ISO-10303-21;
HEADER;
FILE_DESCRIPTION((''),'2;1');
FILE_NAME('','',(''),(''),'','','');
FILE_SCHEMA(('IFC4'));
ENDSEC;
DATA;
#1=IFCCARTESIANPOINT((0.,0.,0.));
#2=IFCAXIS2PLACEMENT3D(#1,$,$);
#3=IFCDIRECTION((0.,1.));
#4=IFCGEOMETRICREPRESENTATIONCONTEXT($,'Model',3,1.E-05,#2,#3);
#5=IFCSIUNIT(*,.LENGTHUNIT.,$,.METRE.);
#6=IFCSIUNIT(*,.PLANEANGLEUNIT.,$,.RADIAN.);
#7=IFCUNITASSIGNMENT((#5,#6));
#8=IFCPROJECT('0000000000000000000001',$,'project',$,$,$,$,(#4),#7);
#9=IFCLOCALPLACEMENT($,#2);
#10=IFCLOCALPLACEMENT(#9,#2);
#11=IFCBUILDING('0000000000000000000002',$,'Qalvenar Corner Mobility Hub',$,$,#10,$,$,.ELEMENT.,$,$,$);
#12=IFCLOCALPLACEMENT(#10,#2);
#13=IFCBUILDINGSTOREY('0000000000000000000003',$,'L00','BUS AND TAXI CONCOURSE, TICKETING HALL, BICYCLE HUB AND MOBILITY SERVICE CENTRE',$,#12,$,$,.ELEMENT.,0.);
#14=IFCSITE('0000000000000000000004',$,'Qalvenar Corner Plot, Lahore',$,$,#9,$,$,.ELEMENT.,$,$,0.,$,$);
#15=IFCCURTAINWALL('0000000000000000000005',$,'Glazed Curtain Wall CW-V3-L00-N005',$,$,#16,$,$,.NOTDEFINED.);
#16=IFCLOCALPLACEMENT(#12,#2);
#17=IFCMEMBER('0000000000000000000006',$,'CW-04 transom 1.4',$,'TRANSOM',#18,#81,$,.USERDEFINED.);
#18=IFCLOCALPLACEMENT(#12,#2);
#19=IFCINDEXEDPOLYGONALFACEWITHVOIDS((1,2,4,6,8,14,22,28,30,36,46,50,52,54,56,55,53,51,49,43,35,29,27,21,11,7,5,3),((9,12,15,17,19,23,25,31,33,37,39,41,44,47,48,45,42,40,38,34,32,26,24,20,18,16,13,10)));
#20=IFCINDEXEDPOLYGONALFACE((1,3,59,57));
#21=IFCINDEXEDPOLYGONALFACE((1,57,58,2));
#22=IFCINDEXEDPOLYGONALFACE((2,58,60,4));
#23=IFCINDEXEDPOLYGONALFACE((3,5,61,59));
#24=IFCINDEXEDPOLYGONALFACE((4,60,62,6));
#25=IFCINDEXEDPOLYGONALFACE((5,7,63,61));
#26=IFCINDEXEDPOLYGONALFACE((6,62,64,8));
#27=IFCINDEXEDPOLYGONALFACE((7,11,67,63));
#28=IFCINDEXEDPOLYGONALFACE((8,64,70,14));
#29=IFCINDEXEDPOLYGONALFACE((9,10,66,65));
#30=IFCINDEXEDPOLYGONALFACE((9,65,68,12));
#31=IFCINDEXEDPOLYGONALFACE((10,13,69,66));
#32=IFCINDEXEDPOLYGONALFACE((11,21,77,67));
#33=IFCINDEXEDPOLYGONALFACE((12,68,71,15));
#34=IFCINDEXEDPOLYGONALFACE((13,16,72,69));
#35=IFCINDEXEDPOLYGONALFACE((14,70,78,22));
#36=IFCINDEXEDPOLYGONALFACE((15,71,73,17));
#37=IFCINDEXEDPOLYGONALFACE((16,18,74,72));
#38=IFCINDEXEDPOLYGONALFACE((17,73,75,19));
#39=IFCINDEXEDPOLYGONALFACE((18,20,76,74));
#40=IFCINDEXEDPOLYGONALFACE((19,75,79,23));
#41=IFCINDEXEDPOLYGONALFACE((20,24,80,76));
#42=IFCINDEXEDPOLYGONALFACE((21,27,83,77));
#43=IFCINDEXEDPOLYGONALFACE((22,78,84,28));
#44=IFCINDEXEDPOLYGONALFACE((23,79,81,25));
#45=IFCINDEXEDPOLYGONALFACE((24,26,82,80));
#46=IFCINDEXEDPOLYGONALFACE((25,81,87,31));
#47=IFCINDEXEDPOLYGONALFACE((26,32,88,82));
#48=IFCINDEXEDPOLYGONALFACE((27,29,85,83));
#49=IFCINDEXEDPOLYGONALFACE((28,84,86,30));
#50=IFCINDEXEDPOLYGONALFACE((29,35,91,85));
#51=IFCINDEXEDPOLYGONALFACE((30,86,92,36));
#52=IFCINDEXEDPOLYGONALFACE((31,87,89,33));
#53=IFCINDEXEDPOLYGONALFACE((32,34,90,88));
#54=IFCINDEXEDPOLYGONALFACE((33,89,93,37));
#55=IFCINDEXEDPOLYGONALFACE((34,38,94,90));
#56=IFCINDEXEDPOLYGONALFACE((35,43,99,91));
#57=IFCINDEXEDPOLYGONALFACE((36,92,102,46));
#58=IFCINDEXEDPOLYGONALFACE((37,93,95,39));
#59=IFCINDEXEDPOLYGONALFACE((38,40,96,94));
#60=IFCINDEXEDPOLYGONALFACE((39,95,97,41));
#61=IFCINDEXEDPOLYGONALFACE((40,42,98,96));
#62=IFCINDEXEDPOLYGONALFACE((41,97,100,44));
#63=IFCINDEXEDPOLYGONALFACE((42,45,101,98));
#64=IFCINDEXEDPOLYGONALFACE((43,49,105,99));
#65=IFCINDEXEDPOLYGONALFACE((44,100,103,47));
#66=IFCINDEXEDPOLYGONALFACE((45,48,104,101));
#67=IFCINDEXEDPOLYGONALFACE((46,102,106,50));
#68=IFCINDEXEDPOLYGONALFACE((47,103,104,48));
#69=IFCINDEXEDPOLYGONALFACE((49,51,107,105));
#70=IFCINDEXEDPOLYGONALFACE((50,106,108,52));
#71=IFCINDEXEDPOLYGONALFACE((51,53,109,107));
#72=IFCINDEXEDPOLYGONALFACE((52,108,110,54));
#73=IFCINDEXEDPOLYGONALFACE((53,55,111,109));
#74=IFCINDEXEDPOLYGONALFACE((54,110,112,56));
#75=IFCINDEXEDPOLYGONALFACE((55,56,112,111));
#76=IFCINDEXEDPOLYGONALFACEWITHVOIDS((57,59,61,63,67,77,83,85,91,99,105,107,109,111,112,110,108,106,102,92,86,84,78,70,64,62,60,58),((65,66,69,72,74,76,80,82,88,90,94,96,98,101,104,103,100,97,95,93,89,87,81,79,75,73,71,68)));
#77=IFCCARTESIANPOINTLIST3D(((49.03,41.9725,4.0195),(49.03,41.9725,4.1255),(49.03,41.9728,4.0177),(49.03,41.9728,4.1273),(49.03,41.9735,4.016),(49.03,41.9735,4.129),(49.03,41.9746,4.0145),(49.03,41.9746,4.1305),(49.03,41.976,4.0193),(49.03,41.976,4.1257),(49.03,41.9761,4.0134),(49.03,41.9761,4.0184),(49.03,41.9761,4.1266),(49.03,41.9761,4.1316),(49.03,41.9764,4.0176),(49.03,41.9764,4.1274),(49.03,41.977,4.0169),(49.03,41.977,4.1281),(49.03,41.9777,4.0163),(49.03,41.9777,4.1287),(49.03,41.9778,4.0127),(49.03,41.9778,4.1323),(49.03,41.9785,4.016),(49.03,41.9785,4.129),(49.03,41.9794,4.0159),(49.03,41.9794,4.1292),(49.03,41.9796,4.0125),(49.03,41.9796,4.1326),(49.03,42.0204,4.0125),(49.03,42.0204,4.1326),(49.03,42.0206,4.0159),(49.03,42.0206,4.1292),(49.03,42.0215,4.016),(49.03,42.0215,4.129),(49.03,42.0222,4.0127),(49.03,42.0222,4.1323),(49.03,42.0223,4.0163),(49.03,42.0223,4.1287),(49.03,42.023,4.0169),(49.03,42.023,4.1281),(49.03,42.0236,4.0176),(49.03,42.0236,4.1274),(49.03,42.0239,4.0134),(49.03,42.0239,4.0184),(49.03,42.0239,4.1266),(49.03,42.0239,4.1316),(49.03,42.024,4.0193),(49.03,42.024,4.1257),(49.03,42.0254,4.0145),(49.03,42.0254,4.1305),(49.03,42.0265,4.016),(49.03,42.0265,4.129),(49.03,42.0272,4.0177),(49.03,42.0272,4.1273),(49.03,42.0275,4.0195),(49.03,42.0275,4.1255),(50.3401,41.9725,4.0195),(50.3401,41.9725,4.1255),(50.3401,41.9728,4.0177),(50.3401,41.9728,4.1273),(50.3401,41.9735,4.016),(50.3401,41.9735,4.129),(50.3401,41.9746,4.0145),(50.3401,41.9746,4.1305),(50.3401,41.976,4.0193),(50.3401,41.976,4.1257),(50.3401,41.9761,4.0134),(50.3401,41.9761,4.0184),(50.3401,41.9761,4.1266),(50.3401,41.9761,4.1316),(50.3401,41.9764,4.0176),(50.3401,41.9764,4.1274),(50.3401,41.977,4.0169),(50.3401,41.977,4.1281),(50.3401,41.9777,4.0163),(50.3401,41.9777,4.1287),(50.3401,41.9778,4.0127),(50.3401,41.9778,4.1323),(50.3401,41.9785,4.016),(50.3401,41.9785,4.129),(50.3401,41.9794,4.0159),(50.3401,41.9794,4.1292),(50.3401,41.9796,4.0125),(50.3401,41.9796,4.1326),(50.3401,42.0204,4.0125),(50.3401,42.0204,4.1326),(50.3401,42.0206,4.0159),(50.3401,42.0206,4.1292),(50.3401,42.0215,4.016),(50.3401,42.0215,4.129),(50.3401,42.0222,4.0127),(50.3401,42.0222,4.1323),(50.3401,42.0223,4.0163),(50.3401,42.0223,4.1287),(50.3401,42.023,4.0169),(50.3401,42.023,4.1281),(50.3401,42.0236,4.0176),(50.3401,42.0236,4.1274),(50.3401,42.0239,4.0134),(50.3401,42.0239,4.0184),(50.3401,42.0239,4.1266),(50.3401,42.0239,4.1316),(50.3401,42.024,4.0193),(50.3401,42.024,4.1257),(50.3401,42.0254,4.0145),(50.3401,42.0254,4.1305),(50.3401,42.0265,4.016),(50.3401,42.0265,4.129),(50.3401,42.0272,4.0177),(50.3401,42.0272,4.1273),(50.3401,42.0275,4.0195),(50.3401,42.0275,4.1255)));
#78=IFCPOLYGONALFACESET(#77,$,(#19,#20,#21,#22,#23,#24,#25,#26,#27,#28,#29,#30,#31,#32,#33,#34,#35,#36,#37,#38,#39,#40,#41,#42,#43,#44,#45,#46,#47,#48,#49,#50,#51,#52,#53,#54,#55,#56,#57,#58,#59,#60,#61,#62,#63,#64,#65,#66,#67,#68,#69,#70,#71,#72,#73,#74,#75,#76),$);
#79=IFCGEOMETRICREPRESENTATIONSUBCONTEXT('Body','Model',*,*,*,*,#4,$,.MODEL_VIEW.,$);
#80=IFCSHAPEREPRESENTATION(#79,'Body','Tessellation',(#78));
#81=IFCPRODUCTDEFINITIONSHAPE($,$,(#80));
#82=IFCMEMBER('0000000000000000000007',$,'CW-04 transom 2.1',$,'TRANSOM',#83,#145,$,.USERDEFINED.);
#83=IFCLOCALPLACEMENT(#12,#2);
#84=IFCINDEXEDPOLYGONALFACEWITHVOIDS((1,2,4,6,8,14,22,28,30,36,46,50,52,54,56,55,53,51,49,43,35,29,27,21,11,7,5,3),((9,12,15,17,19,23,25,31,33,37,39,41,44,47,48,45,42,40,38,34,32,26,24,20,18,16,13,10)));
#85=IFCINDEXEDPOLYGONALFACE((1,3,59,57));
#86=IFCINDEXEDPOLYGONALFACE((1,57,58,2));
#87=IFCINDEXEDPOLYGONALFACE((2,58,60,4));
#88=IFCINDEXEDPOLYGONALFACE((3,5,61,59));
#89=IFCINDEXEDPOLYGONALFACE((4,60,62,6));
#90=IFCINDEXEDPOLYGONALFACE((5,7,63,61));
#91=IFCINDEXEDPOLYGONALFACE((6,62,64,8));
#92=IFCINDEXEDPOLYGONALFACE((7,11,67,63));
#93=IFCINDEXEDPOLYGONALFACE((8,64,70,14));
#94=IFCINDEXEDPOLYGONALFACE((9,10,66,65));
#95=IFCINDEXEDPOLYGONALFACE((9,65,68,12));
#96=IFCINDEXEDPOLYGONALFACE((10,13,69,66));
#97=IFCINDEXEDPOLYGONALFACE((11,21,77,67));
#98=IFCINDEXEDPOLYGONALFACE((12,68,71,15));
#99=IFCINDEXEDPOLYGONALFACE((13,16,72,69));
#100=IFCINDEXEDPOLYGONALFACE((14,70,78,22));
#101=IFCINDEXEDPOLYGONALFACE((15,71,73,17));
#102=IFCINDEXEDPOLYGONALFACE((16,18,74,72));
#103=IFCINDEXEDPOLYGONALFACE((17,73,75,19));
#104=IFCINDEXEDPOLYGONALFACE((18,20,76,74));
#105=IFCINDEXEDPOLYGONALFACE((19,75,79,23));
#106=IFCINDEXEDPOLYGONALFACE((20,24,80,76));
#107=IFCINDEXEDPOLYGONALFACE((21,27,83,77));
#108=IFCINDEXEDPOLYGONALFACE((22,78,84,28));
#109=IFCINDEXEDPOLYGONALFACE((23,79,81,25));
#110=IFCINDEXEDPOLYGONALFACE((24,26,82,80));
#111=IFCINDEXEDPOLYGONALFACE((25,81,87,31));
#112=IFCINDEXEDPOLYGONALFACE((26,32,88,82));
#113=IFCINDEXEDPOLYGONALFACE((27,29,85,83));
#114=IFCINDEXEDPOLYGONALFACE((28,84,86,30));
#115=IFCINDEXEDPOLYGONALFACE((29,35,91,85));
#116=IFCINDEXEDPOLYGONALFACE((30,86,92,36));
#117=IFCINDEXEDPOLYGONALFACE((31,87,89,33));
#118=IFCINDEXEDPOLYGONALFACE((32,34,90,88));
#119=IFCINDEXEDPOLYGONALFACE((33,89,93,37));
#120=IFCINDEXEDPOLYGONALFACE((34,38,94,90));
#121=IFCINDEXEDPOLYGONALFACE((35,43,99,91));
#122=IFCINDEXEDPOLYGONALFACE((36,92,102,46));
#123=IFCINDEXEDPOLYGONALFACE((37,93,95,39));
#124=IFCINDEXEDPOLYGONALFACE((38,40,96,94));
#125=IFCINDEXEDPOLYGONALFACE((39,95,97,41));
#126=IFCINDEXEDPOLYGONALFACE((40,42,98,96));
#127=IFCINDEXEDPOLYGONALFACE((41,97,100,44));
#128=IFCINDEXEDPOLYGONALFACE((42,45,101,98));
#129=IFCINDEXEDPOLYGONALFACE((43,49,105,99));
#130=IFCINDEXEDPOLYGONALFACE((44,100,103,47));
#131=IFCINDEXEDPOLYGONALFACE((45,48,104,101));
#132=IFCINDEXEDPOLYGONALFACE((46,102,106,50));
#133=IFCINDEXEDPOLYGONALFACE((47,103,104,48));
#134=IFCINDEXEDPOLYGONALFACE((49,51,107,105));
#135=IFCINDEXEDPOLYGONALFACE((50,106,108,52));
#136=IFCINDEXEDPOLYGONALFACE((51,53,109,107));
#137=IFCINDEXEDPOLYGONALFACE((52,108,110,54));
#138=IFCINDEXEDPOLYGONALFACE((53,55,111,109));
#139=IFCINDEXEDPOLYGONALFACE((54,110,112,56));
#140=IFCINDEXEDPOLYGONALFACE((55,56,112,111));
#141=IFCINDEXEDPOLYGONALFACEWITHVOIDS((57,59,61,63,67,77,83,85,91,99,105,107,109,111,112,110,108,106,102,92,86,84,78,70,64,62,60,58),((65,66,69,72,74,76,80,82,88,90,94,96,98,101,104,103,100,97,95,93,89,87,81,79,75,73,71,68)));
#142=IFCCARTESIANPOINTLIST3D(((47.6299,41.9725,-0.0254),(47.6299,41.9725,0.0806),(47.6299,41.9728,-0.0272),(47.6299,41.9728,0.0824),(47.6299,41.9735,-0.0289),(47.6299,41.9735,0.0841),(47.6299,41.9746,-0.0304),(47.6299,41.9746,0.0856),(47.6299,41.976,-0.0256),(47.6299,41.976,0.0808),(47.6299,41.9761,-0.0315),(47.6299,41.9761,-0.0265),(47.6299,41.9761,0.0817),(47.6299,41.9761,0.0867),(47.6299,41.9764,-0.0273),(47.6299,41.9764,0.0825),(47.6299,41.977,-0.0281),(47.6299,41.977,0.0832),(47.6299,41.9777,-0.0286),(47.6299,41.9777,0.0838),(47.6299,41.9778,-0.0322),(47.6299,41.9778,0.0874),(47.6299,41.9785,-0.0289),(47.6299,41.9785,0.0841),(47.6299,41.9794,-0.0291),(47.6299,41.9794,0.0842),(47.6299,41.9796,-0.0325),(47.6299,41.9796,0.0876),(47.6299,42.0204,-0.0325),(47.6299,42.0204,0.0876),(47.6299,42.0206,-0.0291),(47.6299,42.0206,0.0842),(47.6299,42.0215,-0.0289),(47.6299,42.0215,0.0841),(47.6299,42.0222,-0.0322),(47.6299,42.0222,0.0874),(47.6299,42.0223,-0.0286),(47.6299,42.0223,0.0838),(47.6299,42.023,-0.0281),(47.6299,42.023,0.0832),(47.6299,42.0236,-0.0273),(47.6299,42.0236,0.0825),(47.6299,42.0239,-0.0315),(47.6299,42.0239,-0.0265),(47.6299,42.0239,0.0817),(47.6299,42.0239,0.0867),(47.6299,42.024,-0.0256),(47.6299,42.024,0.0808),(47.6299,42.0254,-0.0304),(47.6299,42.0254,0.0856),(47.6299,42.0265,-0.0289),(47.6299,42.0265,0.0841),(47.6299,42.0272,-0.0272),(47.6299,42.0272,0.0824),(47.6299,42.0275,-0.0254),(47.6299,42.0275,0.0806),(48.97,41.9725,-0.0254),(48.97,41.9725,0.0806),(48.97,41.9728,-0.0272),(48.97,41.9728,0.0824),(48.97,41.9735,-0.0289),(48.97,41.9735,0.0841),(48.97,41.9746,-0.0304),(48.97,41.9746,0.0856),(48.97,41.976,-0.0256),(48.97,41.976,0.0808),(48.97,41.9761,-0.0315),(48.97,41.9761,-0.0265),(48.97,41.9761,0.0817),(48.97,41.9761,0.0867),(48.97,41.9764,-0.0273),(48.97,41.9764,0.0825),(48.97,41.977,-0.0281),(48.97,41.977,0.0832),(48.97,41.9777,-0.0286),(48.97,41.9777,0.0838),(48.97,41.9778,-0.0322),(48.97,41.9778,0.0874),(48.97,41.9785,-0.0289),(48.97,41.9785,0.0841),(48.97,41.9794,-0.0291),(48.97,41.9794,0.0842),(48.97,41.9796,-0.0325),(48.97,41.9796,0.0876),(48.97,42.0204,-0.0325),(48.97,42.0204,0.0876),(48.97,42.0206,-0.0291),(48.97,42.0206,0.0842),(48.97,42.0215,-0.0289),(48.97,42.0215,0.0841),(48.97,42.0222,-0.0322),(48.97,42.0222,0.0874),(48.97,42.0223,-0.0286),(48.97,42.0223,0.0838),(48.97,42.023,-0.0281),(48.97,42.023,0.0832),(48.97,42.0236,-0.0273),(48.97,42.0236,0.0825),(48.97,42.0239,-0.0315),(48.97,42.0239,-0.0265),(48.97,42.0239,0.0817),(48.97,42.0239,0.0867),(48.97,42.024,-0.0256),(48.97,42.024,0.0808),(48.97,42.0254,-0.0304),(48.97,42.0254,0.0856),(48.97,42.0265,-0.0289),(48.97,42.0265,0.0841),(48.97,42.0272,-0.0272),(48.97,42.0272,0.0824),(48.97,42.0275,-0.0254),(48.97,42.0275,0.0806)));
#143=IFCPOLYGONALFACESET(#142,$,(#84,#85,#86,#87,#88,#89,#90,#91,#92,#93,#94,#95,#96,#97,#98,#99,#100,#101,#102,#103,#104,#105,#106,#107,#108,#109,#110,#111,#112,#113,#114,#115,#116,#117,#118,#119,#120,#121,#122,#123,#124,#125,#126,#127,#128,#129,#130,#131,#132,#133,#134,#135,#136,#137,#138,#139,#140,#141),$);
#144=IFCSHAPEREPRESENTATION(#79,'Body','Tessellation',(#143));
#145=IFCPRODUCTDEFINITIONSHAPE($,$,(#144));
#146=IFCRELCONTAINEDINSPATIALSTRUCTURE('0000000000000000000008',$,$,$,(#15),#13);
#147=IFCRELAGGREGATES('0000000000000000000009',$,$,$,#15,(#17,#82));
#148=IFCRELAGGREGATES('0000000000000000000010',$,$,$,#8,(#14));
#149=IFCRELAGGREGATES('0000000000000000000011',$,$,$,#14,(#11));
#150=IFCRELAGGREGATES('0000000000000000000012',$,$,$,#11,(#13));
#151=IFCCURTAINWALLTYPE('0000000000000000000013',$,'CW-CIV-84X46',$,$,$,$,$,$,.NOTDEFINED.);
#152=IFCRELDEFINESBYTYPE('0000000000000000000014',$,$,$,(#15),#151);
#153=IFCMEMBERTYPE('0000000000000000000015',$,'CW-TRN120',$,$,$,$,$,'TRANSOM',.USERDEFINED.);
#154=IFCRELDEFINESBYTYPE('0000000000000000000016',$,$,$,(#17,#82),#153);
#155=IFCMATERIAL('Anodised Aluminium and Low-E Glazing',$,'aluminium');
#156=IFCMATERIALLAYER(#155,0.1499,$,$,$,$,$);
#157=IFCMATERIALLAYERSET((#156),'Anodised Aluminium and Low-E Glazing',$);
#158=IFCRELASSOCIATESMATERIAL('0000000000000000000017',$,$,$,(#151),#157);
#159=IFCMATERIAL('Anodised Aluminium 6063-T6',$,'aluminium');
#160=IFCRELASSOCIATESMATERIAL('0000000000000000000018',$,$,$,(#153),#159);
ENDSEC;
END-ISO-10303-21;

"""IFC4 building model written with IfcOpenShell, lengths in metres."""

from ifc_helpers import new_model, si_unit, direction, frame, origin, origin_2d, place, context, subcontext, project, spatial, hollow_rectangle, extrude, material, layer, layer_set, material_profile, profile_set, type_object, element, aggregate, save


model = new_model("IFC4")

# Units and contexts
model_context = context("Model", 3, precision=1e-05, world=origin(), true_north=direction((0.0, 1.0)))
body_context = subcontext(model_context, "Body", "Model", "MODEL_VIEW")
ifc_project = project(units=[si_unit("LENGTHUNIT", "METRE"), si_unit("PLANEANGLEUNIT", "RADIAN")], contexts=[model_context])

# Site, building, storey
site_placement = place(None, origin())
site = spatial("IfcSite", under=ifc_project, at=site_placement, Name="Qalvenar Corner Plot, Lahore", CompositionType="ELEMENT", RefElevation=0.0)
building_placement = place(site_placement, origin())
building = spatial("IfcBuilding", under=site, at=building_placement, Name="Qalvenar Corner Mobility Hub", CompositionType="ELEMENT")
storey_placement = place(building_placement, origin())
storey = spatial("IfcBuildingStorey", under=building, at=storey_placement, Name="L00", Description="BUS AND TAXI CONCOURSE, TICKETING HALL, BICYCLE HUB AND MOBILITY SERVICE CENTRE", CompositionType="ELEMENT", Elevation=0.0)

# Curtain wall, members
ifc_material_1 = material(Name="Anodised Aluminium and Low-E Glazing", Category="aluminium")
ifc_layer_1 = layer(ifc_material_1, 0.1499)
ifc_layer_set_1 = layer_set([ifc_layer_1], Name="Anodised Aluminium and Low-E Glazing")
curtain_wall_type = type_object("IfcCurtainWallType", Name="CW-CIV-84X46", PredefinedType="NOTDEFINED", material=ifc_layer_set_1)
curtain_wall_placement = place(storey_placement, origin())
curtain_wall = element("IfcCurtainWall", 1, at=curtain_wall_placement, inside=storey, type_object=curtain_wall_type, Name="Glazed Curtain Wall CW-V3-L00-N005", PredefinedType="NOTDEFINED")
ifc_material_2 = material(Name="Anodised Aluminium 6063-T6", Category="aluminium")
ifc_material_profile_1 = material_profile(ifc_material_2, hollow_rectangle(XDim=0.0549, YDim=0.1201, WallThickness=0.0034, InnerFilletRadius=0.0034, OuterFilletRadius=0.0071, at=origin_2d()), Name="RHS120x55x3.5")
ifc_profile_set_1 = profile_set([ifc_material_profile_1], Name="Anodised Aluminium 6063-T6")
member_type_1 = type_object("IfcMemberType", Name="CW-TRN120", ElementType="TRANSOM", PredefinedType="USERDEFINED", material=ifc_profile_set_1)
member_1_placement = place(storey_placement, frame((50.3401, 42.0, 4.0725), z_axis=(-1.0, 0.0, 0.0), x_axis=(0.0, -1.0, 0.0)))
member_1 = element("IfcMember", 2, at=member_1_placement, type_object=member_type_1, Name="CW-04 transom 1.4", ObjectType="TRANSOM", PredefinedType="USERDEFINED", context=body_context, shape_type="SweptSolid", body=[
    extrude(hollow_rectangle(XDim=0.0549, YDim=0.1201, WallThickness=0.0034, InnerFilletRadius=0.0034, OuterFilletRadius=0.0071, at=origin_2d()), origin(), (0.0, 0.0, 1.0), 1.3101),
])
member_2_placement = place(storey_placement, frame((48.97, 42.0, 0.0276), z_axis=(-1.0, 0.0, 0.0), x_axis=(0.0, -1.0, 0.0)))
member_2 = element("IfcMember", 3, at=member_2_placement, type_object=member_type_1, Name="CW-04 transom 2.1", ObjectType="TRANSOM", PredefinedType="USERDEFINED", context=body_context, shape_type="SweptSolid", body=[
    extrude(hollow_rectangle(XDim=0.0549, YDim=0.1201, WallThickness=0.0034, InnerFilletRadius=0.0034, OuterFilletRadius=0.0071, at=origin_2d()), origin(), (0.0, 0.0, 1.0), 1.3401),
])
aggregate(curtain_wall, [member_1, member_2])

save(model, "model.ifc")
